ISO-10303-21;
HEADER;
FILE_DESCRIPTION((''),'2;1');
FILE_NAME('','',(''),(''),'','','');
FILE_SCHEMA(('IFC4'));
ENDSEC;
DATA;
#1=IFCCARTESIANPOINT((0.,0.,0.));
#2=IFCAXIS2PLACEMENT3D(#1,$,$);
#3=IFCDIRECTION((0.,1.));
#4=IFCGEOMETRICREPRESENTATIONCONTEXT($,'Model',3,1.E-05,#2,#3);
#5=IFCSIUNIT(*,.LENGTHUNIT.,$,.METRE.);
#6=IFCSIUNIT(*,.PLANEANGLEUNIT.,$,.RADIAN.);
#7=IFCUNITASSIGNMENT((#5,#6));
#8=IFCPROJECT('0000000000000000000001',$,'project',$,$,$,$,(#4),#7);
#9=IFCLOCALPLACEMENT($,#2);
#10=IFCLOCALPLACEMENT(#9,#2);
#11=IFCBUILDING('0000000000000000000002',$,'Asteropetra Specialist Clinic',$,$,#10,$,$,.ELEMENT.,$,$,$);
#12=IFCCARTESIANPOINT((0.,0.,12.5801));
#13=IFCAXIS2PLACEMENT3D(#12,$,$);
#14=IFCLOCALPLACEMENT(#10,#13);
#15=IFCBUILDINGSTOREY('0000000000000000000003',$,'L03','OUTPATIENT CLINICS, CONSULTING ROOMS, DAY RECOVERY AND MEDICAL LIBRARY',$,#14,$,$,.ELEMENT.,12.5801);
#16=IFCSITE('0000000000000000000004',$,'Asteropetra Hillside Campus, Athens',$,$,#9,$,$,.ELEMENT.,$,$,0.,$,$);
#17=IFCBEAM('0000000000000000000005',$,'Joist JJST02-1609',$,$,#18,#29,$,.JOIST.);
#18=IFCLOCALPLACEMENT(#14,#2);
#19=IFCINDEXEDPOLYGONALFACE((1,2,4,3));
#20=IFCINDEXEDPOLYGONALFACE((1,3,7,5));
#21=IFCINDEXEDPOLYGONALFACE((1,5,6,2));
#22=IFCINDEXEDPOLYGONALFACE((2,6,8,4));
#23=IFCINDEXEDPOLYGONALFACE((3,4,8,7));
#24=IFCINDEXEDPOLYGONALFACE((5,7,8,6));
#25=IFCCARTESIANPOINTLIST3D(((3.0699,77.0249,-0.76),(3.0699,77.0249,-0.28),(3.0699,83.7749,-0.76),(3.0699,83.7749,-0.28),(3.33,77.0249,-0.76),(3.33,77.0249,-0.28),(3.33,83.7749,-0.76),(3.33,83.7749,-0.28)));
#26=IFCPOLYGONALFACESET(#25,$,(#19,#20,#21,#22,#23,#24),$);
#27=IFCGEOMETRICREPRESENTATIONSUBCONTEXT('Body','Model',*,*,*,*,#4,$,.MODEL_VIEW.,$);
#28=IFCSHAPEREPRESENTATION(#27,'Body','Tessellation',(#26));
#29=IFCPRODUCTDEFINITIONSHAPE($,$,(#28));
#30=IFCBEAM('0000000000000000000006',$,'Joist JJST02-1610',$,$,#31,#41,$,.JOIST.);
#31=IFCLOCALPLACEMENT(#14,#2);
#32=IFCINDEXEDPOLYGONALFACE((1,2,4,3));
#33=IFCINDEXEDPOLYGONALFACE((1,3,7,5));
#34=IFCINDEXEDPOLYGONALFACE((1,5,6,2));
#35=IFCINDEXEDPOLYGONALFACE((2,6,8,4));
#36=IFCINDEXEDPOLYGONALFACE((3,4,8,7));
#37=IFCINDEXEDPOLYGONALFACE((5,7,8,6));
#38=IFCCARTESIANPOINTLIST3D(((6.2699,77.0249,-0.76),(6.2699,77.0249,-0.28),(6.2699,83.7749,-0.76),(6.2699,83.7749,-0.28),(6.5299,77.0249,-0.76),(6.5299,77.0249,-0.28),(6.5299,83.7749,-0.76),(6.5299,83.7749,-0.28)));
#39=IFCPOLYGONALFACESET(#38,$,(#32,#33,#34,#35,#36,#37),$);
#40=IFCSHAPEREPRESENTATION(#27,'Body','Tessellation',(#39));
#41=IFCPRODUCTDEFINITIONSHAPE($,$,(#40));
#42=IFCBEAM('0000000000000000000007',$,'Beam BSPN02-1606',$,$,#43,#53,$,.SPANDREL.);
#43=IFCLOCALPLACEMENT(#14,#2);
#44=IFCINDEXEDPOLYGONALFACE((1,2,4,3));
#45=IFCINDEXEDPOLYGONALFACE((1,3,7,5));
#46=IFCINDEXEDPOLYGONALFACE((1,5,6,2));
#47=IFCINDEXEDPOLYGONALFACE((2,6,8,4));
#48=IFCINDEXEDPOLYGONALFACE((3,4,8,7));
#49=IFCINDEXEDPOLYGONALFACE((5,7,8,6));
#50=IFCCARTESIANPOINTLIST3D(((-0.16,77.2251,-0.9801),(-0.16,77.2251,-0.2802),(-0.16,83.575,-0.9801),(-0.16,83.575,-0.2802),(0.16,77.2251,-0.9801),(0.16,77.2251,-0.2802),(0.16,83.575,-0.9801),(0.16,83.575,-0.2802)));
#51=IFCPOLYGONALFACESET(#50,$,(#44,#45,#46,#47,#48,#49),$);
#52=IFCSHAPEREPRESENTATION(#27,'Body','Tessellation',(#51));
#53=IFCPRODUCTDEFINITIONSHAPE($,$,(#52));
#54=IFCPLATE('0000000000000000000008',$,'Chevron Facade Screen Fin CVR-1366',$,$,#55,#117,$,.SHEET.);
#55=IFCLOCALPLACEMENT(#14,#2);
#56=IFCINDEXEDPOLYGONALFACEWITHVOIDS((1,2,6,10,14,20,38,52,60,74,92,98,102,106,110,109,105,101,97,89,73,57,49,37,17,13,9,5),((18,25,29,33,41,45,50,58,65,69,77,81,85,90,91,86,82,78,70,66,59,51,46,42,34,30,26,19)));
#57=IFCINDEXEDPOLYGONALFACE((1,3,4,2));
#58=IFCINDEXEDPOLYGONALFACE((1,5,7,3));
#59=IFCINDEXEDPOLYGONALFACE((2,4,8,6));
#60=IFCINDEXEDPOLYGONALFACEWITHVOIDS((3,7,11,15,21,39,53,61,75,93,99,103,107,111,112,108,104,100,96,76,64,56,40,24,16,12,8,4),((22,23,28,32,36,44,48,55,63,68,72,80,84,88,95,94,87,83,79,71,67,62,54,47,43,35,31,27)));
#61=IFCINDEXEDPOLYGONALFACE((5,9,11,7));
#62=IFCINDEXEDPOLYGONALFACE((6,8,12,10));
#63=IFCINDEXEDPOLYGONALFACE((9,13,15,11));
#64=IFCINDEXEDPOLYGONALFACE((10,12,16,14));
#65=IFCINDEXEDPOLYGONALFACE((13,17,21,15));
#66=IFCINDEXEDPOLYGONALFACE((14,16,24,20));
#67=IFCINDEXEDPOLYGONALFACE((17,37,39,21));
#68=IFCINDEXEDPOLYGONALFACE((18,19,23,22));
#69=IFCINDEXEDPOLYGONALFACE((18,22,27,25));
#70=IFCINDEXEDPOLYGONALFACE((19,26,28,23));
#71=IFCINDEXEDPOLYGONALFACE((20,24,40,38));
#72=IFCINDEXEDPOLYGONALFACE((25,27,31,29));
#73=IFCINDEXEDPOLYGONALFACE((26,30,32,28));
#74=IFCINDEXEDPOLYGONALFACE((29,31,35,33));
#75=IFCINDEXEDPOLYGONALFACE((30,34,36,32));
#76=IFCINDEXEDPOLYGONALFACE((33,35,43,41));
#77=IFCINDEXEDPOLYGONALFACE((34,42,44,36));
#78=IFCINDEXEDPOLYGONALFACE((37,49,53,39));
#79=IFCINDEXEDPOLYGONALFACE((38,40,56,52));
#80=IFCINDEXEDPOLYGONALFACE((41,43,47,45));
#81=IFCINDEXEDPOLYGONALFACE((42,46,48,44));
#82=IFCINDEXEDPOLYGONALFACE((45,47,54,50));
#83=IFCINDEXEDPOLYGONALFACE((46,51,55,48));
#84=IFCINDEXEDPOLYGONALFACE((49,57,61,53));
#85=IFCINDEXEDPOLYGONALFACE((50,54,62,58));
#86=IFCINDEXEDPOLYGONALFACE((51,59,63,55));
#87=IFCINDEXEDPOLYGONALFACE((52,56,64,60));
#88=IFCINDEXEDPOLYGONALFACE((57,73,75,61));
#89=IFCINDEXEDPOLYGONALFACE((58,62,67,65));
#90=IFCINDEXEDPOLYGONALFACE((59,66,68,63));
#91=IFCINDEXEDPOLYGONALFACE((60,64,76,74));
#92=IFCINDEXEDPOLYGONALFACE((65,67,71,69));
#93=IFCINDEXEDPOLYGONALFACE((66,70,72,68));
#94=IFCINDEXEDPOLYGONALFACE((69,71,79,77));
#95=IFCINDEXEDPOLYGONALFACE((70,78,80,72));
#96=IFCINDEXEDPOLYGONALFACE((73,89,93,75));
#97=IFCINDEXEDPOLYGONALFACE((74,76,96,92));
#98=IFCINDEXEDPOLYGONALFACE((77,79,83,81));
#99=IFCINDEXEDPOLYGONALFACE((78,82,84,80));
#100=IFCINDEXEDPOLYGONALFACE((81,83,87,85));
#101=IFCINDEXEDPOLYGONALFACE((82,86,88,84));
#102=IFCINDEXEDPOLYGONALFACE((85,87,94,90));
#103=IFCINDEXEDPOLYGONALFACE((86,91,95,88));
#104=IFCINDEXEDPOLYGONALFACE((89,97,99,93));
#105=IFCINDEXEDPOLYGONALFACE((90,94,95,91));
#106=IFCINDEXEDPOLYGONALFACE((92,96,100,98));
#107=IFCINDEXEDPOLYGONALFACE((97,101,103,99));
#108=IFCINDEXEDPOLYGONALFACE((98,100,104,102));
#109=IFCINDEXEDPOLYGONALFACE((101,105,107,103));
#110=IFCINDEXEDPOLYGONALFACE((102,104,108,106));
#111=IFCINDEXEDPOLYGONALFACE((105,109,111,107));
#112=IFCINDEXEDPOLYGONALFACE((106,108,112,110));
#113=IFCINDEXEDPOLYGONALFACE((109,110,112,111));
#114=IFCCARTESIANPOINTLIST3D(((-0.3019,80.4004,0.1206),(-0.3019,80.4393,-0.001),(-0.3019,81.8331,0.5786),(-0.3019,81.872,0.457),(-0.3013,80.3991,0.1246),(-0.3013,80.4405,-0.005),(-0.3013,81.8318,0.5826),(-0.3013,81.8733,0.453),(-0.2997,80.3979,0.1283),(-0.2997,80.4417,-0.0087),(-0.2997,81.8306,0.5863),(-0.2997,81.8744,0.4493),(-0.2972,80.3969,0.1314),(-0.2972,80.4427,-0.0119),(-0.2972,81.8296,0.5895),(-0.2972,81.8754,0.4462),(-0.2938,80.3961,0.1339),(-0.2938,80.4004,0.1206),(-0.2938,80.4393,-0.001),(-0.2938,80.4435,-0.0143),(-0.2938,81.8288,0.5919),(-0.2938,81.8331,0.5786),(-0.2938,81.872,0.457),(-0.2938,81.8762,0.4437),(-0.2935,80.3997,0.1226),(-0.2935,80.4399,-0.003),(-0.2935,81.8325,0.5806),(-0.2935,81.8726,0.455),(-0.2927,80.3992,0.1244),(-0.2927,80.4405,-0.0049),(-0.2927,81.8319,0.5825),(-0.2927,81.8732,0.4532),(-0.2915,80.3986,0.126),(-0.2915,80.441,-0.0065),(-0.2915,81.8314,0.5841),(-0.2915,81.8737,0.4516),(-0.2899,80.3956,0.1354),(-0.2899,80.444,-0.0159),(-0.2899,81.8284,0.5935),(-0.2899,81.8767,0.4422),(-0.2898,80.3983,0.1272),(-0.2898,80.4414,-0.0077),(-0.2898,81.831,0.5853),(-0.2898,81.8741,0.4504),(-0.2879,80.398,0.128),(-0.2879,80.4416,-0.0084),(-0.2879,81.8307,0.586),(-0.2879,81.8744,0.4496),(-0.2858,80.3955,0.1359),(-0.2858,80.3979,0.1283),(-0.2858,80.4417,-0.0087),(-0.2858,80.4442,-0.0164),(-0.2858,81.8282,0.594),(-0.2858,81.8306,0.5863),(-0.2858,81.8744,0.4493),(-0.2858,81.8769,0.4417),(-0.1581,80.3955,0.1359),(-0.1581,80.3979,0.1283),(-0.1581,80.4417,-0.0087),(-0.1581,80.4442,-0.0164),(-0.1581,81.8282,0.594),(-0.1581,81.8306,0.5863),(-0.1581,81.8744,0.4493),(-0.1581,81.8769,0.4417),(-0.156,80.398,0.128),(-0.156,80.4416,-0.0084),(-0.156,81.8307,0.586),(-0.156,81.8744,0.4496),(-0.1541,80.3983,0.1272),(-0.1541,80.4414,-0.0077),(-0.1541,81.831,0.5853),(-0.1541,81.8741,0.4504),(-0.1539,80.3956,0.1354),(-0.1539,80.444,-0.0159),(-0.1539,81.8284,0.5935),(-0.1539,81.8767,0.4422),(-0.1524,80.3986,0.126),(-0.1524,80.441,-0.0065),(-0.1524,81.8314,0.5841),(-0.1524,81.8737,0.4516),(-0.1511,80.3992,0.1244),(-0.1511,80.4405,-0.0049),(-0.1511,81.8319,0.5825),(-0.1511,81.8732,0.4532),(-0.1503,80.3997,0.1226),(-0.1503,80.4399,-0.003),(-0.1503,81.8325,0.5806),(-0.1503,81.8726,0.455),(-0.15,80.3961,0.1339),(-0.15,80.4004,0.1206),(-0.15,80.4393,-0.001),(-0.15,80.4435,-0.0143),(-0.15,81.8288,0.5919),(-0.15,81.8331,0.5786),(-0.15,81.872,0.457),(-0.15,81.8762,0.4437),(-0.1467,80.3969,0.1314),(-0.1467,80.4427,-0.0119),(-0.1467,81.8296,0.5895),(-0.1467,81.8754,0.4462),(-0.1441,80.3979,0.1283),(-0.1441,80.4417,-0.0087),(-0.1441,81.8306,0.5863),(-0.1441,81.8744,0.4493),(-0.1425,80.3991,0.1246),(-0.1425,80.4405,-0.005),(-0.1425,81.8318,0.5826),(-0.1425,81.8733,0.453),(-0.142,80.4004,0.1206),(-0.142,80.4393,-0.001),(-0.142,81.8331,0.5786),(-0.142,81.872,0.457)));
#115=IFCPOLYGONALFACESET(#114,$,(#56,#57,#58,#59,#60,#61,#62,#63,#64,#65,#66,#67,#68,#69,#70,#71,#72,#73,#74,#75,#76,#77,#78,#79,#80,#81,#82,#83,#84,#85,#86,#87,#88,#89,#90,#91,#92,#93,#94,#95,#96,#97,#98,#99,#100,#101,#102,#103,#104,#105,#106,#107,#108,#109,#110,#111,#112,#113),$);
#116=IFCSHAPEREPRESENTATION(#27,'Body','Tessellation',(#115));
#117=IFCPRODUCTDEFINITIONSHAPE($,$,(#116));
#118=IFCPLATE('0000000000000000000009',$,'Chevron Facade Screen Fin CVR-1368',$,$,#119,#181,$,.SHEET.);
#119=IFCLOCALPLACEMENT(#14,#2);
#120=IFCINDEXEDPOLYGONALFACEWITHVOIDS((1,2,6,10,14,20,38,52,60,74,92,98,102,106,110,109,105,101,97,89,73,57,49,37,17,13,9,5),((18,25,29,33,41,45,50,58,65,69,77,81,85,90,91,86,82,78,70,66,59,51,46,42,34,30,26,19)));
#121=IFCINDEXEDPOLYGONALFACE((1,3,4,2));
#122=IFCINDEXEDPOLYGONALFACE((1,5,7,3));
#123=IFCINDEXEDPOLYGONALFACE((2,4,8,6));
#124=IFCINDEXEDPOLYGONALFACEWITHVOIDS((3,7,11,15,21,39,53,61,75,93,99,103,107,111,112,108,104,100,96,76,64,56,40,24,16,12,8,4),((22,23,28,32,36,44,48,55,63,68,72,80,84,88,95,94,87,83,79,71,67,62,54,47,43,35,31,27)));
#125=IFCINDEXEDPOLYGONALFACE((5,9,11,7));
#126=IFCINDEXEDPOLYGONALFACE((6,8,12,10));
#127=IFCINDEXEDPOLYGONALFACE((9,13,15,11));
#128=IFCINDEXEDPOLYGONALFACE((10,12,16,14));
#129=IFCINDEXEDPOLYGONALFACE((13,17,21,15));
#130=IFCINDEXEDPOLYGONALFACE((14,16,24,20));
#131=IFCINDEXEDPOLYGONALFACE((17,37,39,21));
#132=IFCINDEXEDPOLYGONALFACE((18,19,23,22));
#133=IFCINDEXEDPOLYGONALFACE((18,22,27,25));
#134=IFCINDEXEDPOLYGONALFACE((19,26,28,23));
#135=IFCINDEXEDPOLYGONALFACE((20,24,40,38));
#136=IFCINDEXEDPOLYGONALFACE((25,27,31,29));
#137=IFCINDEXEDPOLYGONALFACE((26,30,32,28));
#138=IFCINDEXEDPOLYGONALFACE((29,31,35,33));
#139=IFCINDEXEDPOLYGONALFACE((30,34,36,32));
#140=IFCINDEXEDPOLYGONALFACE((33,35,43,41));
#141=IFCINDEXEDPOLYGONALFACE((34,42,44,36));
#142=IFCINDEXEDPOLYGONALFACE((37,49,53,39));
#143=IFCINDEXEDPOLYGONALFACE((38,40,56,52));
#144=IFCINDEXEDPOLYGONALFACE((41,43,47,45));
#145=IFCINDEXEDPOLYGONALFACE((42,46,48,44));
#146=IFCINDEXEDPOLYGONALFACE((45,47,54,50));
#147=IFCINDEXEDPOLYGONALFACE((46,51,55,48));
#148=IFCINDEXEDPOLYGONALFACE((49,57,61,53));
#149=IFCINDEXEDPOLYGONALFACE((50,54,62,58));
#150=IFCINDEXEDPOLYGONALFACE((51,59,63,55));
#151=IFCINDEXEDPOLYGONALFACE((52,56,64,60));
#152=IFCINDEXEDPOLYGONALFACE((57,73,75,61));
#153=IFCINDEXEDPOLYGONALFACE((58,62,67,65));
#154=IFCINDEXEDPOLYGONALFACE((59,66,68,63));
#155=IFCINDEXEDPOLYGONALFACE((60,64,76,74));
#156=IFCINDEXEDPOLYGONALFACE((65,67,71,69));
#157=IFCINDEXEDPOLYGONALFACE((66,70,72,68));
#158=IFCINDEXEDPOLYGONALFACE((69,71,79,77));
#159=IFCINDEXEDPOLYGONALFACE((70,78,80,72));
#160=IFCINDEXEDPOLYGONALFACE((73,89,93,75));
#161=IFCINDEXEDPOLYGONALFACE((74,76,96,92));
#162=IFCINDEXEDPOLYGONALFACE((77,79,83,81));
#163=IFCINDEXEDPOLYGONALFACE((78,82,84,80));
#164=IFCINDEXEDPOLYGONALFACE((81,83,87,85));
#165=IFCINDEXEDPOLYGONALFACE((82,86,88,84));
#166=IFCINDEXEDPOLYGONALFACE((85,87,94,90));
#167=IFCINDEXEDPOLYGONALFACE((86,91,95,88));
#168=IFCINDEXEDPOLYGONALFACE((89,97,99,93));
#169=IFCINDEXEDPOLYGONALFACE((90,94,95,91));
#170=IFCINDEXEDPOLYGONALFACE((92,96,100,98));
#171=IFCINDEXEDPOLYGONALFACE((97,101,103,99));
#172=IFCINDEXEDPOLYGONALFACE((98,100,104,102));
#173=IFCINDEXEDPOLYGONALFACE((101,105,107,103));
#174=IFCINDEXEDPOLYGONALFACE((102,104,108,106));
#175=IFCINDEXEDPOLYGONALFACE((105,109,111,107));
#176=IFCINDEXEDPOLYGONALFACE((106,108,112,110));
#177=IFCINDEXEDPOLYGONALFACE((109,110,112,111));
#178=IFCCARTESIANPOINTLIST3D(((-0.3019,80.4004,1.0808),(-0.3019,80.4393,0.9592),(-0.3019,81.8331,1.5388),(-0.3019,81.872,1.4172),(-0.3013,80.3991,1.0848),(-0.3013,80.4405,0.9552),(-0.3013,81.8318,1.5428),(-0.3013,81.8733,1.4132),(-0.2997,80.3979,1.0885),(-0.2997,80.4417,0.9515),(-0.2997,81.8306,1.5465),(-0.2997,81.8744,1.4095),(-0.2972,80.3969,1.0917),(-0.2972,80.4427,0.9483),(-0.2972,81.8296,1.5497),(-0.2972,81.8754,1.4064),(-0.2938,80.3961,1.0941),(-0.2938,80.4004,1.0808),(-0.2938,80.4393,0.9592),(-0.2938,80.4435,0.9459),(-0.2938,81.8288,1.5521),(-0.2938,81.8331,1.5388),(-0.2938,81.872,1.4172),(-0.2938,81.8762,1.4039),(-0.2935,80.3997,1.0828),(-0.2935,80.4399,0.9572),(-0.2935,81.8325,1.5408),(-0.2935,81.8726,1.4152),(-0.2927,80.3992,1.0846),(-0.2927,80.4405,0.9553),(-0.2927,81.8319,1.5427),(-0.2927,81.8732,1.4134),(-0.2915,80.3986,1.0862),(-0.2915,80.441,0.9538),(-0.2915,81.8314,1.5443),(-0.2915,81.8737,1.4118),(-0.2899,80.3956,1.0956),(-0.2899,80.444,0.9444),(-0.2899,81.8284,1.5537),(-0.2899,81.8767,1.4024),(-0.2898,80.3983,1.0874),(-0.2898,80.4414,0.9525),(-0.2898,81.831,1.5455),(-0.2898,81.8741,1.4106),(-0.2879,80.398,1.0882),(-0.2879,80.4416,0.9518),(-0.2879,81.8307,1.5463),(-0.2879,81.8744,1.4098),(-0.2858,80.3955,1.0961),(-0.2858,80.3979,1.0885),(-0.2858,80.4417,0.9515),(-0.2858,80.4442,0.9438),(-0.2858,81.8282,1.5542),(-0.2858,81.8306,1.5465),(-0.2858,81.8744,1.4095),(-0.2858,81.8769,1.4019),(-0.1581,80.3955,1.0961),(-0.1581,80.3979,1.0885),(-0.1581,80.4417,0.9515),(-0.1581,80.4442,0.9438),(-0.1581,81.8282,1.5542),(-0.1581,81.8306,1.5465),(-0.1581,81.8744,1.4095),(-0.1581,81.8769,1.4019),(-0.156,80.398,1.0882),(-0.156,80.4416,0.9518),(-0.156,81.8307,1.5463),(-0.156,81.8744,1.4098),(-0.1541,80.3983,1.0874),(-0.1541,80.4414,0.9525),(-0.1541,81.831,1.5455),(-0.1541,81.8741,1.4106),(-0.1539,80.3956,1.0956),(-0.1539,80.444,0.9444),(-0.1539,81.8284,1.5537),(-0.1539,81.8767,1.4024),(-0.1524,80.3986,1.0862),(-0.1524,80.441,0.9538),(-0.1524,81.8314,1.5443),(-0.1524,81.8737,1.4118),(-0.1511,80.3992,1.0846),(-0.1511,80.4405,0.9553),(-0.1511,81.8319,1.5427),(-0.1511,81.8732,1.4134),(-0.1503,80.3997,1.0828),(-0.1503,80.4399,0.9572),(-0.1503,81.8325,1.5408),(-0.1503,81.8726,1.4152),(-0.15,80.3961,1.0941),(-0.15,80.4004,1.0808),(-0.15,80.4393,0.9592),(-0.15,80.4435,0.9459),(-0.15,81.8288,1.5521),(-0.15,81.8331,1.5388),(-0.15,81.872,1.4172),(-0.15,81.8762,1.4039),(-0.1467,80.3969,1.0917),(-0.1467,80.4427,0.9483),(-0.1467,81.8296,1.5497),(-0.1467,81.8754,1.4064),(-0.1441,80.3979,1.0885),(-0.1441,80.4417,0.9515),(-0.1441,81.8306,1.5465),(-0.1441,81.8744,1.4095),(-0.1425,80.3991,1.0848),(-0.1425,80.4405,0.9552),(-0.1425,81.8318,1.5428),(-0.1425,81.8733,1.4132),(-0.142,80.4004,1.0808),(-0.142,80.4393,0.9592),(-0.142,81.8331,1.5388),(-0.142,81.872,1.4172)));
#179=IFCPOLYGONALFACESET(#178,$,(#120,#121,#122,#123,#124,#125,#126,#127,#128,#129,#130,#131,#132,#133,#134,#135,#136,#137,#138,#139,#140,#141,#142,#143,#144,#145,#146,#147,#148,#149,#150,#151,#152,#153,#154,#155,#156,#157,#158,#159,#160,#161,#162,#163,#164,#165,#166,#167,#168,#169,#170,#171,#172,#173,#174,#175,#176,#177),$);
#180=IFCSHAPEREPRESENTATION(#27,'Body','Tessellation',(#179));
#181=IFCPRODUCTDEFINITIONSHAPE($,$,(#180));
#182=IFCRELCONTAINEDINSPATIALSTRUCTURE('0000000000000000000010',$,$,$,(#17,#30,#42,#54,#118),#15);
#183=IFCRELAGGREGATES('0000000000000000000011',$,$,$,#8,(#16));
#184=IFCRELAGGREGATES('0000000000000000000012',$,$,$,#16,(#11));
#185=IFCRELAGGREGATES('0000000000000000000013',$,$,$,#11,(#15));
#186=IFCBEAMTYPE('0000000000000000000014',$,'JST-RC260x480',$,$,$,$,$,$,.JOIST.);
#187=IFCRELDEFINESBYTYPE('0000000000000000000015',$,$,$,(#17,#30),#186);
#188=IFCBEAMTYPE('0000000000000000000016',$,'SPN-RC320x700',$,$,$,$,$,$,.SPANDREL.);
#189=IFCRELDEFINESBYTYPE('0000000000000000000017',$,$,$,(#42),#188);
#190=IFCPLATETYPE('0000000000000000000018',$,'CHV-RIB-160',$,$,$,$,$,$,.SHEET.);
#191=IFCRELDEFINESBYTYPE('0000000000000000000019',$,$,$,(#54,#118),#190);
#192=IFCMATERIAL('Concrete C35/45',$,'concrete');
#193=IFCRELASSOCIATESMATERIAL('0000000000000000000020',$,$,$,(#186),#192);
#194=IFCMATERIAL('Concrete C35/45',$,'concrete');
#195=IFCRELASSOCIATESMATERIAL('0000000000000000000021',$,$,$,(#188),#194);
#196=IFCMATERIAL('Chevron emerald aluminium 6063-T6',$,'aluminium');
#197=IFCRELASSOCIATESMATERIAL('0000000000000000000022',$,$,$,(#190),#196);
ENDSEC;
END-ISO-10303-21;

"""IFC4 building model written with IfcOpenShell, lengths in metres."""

from ifc_helpers import new_model, si_unit, direction, frame, origin, origin_2d, place, context, subcontext, project, spatial, rectangle, hollow_rectangle, extrude, material, material_profile, profile_set, type_object, element, save


model = new_model("IFC4")

# Units and contexts
model_context = context("Model", 3, precision=1e-05, world=origin(), true_north=direction((0.0, 1.0)))
body_context = subcontext(model_context, "Body", "Model", "MODEL_VIEW")
ifc_project = project(units=[si_unit("LENGTHUNIT", "METRE"), si_unit("PLANEANGLEUNIT", "RADIAN")], contexts=[model_context])

# Site, building, storey
site_placement = place(None, origin())
site = spatial("IfcSite", under=ifc_project, at=site_placement, Name="Asteropetra Hillside Campus, Athens", CompositionType="ELEMENT", RefElevation=0.0)
building_placement = place(site_placement, origin())
building = spatial("IfcBuilding", under=site, at=building_placement, Name="Asteropetra Specialist Clinic", CompositionType="ELEMENT")
storey_placement = place(building_placement, frame((0.0, 0.0, 12.5801)))
storey = spatial("IfcBuildingStorey", under=building, at=storey_placement, Name="L03", Description="OUTPATIENT CLINICS, CONSULTING ROOMS, DAY RECOVERY AND MEDICAL LIBRARY", CompositionType="ELEMENT", Elevation=12.5801)

# Beams
ifc_material_1 = material(Name="Concrete C35/45", Category="concrete")
ifc_material_profile_1 = material_profile(ifc_material_1, rectangle(XDim=0.26, YDim=0.48, at=origin_2d()), Name="RCJ 260x480")
ifc_profile_set_1 = profile_set([ifc_material_profile_1], Name="Concrete C35/45")
beam_type_1 = type_object("IfcBeamType", Name="JST-RC260x480", PredefinedType="JOIST", material=ifc_profile_set_1)
for number, where, z_axis, x_axis, name in (
    (1, (3.2, 77.0249, -0.52), (0.0, 1.0, 0.0), (-1.0, 0.0, 0.0), "Joist JJST02-1609"),
    (2, (6.3999, 77.0249, -0.52), (0.0, 1.0, 0.0), (-1.0, 0.0, 0.0), "Joist JJST02-1610"),
):
    element("IfcBeam", number, at=place(storey_placement, frame(where, z_axis=z_axis, x_axis=x_axis)), inside=storey, type_object=beam_type_1, Name=name, PredefinedType="JOIST", context=body_context, shape_type="SweptSolid", body=[
        extrude(rectangle(XDim=0.26, YDim=0.48, at=origin_2d()), origin(), (0.0, 0.0, 1.0), 6.75),
    ])
ifc_material_2 = material(Name="Concrete C35/45", Category="concrete")
ifc_material_profile_2 = material_profile(ifc_material_2, rectangle(XDim=0.3201, YDim=0.7, at=origin_2d()), Name="RCS 320x700")
ifc_profile_set_2 = profile_set([ifc_material_profile_2], Name="Concrete C35/45")
beam_type_2 = type_object("IfcBeamType", Name="SPN-RC320x700", PredefinedType="SPANDREL", material=ifc_profile_set_2)
beam_placement = place(storey_placement, frame((0.0, 77.2251, -0.6301), z_axis=(0.0, 1.0, 0.0), x_axis=(-1.0, 0.0, 0.0)))
element("IfcBeam", 3, at=beam_placement, inside=storey, type_object=beam_type_2, Name="Beam BSPN02-1606", PredefinedType="SPANDREL", context=body_context, shape_type="SweptSolid", body=[
    extrude(rectangle(XDim=0.3201, YDim=0.7, at=origin_2d()), origin(), (0.0, 0.0, 1.0), 6.3499),
])

# Plates
ifc_material_3 = material(Name="Chevron emerald aluminium 6063-T6", Category="aluminium")
ifc_material_profile_3 = material_profile(ifc_material_3, hollow_rectangle(XDim=0.1599, YDim=0.1599, WallThickness=0.0081, InnerFilletRadius=0.0081, OuterFilletRadius=0.0161, at=origin_2d()), Name="SHS 160x160x8.0")
ifc_profile_set_3 = profile_set([ifc_material_profile_3], Name="Chevron emerald aluminium 6063-T6")
plate_type_1 = type_object("IfcPlateType", Name="CHV-RIB-160", PredefinedType="SHEET", material=ifc_profile_set_3)
for number, where, z_axis, x_axis, name in (
    (4, (-0.2219, 81.8525, 0.5178), (0.0, -0.952507, -0.304517), (1.0, 0.0, 0.0), "Chevron Facade Screen Fin CVR-1366"),
    (5, (-0.2219, 81.8525, 1.478), (0.0, -0.952507, -0.304517), (1.0, 0.0, 0.0), "Chevron Facade Screen Fin CVR-1368"),
):
    element("IfcPlate", number, at=place(storey_placement, frame(where, z_axis=z_axis, x_axis=x_axis)), inside=storey, type_object=plate_type_1, Name=name, PredefinedType="SHEET", context=body_context, shape_type="SweptSolid", body=[
        extrude(hollow_rectangle(XDim=0.1599, YDim=0.1599, WallThickness=0.0081, InnerFilletRadius=0.0081, OuterFilletRadius=0.0161, at=origin_2d()), origin(), (0.0, 0.0, 1.0), 1.5042),
    ])

save(model, "model.ifc")
